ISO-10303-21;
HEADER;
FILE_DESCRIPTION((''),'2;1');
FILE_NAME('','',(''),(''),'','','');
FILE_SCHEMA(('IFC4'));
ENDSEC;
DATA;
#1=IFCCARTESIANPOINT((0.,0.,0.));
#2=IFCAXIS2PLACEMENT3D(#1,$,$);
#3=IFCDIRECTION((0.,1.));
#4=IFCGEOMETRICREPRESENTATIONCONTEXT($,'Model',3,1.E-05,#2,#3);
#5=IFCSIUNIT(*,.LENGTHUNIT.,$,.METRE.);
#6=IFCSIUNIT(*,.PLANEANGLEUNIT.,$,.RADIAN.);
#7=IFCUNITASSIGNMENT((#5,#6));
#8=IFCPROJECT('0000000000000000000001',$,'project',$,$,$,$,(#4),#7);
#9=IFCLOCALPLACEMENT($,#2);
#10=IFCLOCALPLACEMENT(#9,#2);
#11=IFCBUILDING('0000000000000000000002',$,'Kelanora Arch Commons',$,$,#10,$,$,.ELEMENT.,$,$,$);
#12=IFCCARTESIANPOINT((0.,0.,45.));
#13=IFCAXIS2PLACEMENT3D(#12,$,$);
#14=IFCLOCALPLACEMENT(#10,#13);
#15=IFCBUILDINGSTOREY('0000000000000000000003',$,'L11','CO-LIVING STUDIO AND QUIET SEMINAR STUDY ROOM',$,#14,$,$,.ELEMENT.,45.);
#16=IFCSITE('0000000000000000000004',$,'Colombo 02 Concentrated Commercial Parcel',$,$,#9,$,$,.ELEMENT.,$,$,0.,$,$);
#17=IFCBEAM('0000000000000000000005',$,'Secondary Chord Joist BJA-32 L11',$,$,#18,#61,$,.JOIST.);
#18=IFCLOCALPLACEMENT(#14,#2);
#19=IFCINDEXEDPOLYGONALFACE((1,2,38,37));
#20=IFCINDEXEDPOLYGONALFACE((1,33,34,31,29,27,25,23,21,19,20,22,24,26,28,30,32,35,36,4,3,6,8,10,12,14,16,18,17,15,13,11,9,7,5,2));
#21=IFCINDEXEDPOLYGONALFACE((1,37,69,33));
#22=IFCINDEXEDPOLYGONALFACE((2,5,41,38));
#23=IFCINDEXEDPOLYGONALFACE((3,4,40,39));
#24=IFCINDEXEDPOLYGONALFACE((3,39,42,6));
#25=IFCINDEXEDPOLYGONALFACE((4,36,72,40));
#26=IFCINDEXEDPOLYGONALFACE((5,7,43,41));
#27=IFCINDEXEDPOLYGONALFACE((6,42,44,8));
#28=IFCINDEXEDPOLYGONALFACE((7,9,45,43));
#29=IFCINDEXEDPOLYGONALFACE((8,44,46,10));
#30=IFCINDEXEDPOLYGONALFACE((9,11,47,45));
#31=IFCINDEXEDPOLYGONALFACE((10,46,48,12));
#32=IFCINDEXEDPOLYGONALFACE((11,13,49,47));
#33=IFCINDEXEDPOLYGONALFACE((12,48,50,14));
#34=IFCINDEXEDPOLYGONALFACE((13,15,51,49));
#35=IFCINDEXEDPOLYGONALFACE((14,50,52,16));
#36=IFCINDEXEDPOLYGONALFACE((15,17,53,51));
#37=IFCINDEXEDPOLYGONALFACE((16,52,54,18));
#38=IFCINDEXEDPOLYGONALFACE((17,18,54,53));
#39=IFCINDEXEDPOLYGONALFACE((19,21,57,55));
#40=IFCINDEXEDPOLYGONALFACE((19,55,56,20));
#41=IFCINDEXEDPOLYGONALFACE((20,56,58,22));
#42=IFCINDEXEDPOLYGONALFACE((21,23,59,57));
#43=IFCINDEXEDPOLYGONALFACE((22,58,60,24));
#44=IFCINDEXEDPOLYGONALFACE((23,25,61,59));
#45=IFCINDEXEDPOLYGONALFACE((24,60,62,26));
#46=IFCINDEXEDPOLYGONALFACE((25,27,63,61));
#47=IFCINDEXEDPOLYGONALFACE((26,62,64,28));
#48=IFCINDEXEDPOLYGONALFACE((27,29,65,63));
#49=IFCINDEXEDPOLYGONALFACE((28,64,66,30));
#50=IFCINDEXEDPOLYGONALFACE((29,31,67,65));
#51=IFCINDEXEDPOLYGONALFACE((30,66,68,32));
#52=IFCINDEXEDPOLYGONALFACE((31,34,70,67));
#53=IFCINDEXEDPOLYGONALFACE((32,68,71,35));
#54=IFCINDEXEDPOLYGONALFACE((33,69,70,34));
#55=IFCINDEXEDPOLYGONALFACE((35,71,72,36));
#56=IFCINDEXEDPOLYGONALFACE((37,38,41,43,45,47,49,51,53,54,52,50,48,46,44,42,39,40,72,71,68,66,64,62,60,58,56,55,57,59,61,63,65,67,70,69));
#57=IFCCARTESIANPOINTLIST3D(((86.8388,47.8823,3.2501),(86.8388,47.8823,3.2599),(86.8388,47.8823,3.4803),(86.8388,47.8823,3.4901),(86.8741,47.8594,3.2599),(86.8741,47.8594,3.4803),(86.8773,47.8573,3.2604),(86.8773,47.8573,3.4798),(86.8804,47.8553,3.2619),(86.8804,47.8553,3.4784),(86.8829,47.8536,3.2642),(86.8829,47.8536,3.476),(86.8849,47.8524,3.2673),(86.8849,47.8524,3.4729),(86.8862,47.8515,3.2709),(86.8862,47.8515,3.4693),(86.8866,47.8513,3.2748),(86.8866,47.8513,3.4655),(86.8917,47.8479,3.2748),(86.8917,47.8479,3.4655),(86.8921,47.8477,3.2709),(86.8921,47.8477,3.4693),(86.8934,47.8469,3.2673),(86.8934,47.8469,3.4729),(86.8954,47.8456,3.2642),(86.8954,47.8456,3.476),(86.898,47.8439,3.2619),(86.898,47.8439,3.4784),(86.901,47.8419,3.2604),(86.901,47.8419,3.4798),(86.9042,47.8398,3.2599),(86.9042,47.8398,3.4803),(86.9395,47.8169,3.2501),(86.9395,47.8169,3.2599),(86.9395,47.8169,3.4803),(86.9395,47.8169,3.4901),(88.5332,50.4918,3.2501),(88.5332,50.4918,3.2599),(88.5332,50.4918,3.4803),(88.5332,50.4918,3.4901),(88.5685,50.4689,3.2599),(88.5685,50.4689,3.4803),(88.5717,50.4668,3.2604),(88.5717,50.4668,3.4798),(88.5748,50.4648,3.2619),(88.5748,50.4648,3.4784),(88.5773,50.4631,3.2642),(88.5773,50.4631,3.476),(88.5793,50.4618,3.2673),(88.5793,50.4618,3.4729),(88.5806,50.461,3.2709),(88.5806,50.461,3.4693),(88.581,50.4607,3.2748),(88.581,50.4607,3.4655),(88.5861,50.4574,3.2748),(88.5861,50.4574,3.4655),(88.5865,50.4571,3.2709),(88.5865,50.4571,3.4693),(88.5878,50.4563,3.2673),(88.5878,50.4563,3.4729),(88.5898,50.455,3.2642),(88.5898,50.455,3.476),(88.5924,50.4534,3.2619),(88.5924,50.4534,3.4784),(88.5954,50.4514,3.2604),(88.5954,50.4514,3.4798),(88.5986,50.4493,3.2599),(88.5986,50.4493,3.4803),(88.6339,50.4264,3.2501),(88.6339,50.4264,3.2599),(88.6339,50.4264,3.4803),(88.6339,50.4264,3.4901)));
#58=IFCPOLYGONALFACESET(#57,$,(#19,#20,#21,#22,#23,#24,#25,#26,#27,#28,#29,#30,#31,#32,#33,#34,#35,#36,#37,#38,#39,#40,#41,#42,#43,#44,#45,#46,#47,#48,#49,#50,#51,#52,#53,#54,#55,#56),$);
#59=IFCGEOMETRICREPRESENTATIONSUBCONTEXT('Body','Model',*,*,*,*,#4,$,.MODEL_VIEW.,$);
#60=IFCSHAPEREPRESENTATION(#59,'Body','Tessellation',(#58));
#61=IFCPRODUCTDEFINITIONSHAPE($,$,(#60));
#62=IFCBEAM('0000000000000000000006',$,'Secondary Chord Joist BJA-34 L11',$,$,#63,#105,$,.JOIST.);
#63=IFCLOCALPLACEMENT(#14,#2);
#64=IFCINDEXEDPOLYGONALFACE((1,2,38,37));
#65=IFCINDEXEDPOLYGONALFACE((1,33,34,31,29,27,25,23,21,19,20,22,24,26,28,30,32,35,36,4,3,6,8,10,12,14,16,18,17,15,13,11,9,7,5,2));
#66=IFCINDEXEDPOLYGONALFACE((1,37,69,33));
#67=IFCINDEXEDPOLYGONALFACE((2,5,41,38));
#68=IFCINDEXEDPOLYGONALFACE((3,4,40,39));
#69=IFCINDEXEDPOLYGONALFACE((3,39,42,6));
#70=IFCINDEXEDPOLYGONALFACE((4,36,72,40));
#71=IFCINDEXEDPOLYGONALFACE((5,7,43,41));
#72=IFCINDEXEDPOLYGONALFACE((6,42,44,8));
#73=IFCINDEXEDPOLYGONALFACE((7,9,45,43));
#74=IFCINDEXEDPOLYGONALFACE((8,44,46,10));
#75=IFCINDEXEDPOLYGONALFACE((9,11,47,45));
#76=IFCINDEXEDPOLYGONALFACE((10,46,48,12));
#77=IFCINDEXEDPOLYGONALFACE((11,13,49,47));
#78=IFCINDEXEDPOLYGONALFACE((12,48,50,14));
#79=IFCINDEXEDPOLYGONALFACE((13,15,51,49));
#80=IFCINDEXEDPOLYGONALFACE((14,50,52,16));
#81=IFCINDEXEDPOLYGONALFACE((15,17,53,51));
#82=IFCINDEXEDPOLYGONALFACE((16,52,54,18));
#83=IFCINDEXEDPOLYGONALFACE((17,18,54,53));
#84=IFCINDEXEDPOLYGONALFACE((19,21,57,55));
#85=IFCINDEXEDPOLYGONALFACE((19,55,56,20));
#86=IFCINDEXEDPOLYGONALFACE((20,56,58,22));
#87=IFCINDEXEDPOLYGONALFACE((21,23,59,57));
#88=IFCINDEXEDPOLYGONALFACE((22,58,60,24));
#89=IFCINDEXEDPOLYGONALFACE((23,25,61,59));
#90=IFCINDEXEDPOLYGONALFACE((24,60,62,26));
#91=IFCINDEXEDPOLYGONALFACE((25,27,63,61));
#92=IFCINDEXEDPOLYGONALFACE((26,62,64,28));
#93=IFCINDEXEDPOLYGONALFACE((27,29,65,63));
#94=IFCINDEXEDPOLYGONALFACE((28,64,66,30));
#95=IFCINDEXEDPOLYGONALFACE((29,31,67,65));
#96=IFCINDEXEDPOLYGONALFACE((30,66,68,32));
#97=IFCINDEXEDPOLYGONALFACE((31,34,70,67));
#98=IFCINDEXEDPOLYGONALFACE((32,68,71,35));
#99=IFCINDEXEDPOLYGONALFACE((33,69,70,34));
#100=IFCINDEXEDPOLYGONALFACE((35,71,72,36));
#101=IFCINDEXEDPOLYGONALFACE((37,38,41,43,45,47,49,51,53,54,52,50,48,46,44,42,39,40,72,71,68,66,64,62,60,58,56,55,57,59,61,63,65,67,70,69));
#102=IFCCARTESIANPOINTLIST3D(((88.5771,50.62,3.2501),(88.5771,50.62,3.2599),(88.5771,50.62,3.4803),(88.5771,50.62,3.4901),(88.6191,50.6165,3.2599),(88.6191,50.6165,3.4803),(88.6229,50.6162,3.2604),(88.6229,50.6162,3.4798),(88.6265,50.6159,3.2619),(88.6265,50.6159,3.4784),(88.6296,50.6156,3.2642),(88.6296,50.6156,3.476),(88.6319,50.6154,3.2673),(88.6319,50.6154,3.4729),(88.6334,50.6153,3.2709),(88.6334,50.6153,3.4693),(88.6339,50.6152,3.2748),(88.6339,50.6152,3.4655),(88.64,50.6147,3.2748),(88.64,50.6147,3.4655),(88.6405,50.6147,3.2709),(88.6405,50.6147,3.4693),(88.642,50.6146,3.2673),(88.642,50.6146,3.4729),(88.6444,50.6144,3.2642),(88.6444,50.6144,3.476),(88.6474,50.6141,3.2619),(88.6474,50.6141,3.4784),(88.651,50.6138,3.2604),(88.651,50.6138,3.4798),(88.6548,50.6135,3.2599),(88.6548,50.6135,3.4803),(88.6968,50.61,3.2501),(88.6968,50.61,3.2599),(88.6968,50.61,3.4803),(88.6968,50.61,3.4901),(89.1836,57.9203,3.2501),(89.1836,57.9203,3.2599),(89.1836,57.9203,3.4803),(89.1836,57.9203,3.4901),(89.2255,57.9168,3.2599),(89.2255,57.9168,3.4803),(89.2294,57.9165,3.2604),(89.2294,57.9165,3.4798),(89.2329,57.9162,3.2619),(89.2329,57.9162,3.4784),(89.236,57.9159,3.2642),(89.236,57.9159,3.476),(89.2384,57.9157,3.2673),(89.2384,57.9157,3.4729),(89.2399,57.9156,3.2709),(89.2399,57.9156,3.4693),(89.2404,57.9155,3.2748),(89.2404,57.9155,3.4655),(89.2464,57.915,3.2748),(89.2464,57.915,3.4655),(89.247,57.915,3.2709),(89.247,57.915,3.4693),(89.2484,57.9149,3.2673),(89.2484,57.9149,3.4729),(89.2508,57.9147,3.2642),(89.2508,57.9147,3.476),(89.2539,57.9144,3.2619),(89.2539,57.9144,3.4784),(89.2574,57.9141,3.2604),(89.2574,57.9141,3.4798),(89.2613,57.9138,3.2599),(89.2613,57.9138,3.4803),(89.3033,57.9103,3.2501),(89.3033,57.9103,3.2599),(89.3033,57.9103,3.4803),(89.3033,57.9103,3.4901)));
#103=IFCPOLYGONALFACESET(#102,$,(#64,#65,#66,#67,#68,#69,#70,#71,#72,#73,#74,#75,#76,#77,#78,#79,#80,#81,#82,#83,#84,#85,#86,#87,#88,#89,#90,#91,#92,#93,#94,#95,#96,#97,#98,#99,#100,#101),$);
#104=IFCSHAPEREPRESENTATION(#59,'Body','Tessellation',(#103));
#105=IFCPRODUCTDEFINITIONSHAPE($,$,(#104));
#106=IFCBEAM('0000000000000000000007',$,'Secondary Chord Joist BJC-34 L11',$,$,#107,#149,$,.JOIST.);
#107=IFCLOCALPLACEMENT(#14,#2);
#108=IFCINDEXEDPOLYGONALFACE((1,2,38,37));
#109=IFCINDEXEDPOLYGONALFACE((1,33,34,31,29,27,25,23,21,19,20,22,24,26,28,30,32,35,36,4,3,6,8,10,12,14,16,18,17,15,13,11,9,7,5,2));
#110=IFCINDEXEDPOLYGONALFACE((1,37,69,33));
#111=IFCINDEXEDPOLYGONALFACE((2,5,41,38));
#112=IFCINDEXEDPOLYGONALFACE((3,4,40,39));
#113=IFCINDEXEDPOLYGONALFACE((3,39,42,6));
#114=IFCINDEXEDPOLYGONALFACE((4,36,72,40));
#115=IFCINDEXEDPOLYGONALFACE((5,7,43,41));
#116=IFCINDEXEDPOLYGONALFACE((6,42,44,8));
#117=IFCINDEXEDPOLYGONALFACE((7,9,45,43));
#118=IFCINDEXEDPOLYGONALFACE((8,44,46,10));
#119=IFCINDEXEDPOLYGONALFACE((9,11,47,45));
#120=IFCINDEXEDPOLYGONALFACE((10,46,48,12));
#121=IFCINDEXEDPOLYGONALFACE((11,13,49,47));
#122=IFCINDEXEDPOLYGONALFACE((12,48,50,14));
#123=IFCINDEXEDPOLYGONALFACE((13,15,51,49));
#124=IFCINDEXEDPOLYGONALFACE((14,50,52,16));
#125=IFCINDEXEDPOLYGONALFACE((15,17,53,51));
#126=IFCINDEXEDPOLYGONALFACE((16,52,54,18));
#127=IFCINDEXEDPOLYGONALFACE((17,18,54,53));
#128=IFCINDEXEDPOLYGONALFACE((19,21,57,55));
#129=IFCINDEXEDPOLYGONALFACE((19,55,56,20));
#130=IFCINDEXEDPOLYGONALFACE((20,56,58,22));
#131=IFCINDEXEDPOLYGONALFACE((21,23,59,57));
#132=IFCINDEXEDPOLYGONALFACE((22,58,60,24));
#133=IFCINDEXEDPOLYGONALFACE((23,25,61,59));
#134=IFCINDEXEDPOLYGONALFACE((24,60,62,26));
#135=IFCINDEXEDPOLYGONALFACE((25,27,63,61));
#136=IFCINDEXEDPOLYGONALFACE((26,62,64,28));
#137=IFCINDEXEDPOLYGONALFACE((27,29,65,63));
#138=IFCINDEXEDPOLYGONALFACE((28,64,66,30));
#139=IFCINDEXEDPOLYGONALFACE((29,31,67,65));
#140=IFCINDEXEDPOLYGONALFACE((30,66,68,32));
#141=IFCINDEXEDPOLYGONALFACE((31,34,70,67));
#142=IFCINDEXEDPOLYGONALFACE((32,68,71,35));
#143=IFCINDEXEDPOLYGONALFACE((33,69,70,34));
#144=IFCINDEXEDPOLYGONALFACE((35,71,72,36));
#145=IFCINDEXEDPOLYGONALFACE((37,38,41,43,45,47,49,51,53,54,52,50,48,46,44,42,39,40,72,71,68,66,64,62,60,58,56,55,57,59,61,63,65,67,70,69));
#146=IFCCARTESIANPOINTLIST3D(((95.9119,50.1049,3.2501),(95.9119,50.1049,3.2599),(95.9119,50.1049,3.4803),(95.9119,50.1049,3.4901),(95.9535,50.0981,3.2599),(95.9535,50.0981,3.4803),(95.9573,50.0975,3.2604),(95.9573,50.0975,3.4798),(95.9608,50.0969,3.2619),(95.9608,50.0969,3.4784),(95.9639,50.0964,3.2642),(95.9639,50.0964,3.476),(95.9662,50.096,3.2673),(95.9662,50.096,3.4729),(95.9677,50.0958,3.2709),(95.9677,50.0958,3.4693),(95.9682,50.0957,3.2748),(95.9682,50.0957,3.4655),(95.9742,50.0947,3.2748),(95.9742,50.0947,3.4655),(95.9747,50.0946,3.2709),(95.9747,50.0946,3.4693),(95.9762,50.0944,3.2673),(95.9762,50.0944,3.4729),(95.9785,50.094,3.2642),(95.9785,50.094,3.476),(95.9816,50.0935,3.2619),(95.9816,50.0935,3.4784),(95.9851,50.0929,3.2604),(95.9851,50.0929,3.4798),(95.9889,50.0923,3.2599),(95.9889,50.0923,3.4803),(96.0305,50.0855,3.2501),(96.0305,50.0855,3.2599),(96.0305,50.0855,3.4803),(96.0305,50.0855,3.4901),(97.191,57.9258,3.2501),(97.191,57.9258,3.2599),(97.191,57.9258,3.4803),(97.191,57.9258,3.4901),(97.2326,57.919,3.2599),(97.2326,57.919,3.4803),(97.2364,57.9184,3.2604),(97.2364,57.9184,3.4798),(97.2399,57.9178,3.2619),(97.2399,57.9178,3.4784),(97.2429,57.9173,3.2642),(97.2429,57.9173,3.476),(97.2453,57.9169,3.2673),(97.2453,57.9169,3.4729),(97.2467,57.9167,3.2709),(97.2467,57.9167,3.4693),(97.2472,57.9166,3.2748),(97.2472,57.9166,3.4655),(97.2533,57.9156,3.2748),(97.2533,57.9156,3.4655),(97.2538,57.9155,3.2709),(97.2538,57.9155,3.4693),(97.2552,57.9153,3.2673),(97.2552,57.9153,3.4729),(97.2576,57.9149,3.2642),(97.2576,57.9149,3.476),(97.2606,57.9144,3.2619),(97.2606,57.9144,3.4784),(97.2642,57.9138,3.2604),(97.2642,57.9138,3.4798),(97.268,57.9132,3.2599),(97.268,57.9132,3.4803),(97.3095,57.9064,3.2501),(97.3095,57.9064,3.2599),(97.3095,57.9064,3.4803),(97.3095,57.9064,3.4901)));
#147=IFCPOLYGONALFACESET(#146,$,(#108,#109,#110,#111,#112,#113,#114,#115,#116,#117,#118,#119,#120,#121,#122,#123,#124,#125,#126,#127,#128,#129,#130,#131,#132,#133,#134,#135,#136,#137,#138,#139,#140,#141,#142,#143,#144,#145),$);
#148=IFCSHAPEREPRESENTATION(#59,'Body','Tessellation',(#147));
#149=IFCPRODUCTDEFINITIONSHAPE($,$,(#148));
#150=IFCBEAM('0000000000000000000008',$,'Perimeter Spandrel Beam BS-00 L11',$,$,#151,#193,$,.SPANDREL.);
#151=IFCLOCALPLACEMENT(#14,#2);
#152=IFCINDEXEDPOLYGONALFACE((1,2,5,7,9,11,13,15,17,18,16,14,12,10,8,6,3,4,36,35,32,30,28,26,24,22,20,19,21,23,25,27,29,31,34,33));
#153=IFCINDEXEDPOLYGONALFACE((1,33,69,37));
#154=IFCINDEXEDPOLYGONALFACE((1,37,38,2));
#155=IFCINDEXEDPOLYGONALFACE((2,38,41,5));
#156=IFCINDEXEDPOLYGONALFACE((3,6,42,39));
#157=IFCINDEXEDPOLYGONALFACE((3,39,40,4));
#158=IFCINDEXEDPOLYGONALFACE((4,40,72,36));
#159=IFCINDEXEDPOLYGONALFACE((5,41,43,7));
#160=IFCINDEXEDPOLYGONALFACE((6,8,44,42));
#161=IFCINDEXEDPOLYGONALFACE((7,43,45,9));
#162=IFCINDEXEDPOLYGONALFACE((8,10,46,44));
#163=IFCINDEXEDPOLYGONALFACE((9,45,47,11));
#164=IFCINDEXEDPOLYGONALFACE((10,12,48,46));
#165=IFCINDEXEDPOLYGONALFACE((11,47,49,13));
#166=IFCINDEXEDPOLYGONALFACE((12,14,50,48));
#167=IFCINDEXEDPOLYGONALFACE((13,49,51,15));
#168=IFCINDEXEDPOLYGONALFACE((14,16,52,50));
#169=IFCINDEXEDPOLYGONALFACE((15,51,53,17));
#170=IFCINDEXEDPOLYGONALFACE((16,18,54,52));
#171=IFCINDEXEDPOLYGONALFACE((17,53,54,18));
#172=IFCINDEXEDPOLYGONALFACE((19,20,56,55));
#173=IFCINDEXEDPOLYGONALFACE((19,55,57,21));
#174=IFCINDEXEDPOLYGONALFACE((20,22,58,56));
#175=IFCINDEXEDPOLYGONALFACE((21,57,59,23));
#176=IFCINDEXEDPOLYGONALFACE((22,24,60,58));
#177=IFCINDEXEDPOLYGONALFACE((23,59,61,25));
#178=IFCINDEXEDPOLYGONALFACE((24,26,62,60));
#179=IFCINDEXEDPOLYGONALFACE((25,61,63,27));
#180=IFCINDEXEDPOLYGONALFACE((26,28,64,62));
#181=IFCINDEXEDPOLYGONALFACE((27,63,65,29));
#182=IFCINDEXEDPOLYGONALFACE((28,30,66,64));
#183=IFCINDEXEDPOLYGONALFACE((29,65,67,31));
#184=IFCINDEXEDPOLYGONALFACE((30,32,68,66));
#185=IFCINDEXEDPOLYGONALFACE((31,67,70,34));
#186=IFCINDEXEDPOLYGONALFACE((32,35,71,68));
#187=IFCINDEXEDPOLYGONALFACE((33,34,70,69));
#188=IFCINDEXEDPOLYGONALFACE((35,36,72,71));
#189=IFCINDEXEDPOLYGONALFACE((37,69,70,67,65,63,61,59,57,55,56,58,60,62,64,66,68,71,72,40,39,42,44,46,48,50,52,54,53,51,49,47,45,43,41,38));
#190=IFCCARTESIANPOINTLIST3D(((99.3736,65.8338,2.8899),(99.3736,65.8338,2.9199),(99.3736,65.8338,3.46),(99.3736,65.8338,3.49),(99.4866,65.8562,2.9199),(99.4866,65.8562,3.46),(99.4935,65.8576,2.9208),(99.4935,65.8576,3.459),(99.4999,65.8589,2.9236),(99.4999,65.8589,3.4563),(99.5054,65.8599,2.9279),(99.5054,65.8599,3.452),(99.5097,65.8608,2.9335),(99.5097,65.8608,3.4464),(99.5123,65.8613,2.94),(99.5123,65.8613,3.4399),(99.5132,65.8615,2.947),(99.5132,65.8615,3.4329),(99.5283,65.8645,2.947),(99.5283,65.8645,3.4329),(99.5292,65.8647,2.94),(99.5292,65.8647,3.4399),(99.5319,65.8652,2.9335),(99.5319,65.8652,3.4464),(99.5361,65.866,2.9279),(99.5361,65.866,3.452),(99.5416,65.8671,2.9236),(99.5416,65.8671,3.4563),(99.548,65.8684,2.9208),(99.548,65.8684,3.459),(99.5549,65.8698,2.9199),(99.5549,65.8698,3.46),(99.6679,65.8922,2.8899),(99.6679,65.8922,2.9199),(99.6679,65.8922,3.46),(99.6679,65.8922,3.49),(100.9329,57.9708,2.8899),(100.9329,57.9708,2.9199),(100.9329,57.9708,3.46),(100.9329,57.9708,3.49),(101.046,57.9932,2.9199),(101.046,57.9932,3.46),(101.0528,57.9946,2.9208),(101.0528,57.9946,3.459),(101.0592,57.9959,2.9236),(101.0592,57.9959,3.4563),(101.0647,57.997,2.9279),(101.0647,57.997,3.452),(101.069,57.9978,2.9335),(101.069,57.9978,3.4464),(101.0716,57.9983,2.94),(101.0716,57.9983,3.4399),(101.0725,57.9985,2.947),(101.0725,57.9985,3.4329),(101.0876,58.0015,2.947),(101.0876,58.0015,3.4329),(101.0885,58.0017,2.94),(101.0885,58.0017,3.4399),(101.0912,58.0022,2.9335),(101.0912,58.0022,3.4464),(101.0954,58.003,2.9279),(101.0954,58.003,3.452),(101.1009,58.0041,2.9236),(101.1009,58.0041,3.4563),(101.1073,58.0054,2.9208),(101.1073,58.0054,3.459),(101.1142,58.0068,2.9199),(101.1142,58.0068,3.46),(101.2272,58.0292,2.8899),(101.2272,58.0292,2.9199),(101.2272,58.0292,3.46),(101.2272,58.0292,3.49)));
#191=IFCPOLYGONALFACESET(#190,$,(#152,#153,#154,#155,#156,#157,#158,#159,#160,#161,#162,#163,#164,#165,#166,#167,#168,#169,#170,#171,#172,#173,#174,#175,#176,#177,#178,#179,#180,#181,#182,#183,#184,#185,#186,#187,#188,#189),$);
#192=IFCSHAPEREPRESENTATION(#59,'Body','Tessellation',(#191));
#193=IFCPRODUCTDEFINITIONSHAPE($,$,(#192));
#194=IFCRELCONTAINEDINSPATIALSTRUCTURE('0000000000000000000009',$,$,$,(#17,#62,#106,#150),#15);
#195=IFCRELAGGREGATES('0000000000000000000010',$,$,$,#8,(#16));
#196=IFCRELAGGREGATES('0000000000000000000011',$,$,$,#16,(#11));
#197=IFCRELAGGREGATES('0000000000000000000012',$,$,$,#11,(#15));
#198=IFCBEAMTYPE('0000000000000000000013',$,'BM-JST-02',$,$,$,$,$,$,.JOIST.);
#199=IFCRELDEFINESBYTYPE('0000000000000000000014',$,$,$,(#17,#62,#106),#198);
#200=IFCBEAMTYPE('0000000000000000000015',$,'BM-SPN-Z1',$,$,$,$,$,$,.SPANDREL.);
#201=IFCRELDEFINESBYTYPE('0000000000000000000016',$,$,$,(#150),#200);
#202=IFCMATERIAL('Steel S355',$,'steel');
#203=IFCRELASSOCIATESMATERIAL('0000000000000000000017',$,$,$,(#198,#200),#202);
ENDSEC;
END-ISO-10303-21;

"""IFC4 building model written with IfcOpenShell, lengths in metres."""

from ifc_helpers import new_model, si_unit, direction, frame, origin, origin_2d, place, context, subcontext, project, spatial, i_section, extrude, material, material_profile, profile_set, type_object, element, save


model = new_model("IFC4")

# Units and contexts
model_context = context("Model", 3, precision=1e-05, world=origin(), true_north=direction((0.0, 1.0)))
body_context = subcontext(model_context, "Body", "Model", "MODEL_VIEW")
ifc_project = project(units=[si_unit("LENGTHUNIT", "METRE"), si_unit("PLANEANGLEUNIT", "RADIAN")], contexts=[model_context])

# Site, building, storey
site_placement = place(None, origin())
site = spatial("IfcSite", under=ifc_project, at=site_placement, Name="Colombo 02 Concentrated Commercial Parcel", CompositionType="ELEMENT", RefElevation=0.0)
building_placement = place(site_placement, origin())
building = spatial("IfcBuilding", under=site, at=building_placement, Name="Kelanora Arch Commons", CompositionType="ELEMENT")
storey_placement = place(building_placement, frame((0.0, 0.0, 45.0)))
storey = spatial("IfcBuildingStorey", under=building, at=storey_placement, Name="L11", Description="CO-LIVING STUDIO AND QUIET SEMINAR STUDY ROOM", CompositionType="ELEMENT", Elevation=45.0)

# Beams
ifc_material_1 = material(Name="Steel S355", Category="steel")
ifc_material_profile_1 = material_profile(ifc_material_1, i_section(OverallWidth=0.1201, OverallDepth=0.24, WebThickness=0.0061, FlangeThickness=0.0098, FilletRadius=0.0149, at=origin_2d()), Name="IPE240")
ifc_profile_set_1 = profile_set([ifc_material_profile_1], Name="Steel S355")
beam_type_1 = type_object("IfcBeamType", Name="BM-JST-02", PredefinedType="JOIST", material=ifc_profile_set_1)
beam_1_placement = place(storey_placement, frame((86.8892, 47.8496, 3.3701), z_axis=(0.544591, 0.838702, 0.0), x_axis=(-0.838702, 0.544591, 0.0)))
element("IfcBeam", 1, at=beam_1_placement, inside=storey, type_object=beam_type_1, Name="Secondary Chord Joist BJA-32 L11", PredefinedType="JOIST", context=body_context, shape_type="SweptSolid", body=[
    extrude(i_section(OverallWidth=0.1201, OverallDepth=0.24, WebThickness=0.0061, FlangeThickness=0.0098, FilletRadius=0.0149, at=origin_2d()), origin(), (0.0, 0.0, 1.0), 3.1113),
])
beam_2_placement = place(storey_placement, frame((88.637, 50.615, 3.3701), z_axis=(0.082786, 0.996567, 0.0), x_axis=(-0.996567, 0.082786, 0.0)))
element("IfcBeam", 2, at=beam_2_placement, inside=storey, type_object=beam_type_1, Name="Secondary Chord Joist BJA-34 L11", PredefinedType="JOIST", context=body_context, shape_type="SweptSolid", body=[
    extrude(i_section(OverallWidth=0.1201, OverallDepth=0.24, WebThickness=0.0061, FlangeThickness=0.0098, FilletRadius=0.0149, at=origin_2d()), origin(), (0.0, 0.0, 1.0), 7.3254),
])
beam_3_placement = place(storey_placement, frame((95.9712, 50.0952, 3.3701), z_axis=(0.161401, 0.986889, 0.0), x_axis=(-0.986889, 0.161401, 0.0)))
element("IfcBeam", 3, at=beam_3_placement, inside=storey, type_object=beam_type_1, Name="Secondary Chord Joist BJC-34 L11", PredefinedType="JOIST", context=body_context, shape_type="SweptSolid", body=[
    extrude(i_section(OverallWidth=0.1201, OverallDepth=0.24, WebThickness=0.0061, FlangeThickness=0.0098, FilletRadius=0.0149, at=origin_2d()), origin(), (0.0, 0.0, 1.0), 7.9248),
])
ifc_material_profile_2 = material_profile(ifc_material_1, i_section(OverallWidth=0.3, OverallDepth=0.6001, WebThickness=0.0154, FlangeThickness=0.03, FilletRadius=0.0271, at=origin_2d()), Name="HEB600")
ifc_profile_set_2 = profile_set([ifc_material_profile_2], Name="Steel S355")
beam_type_2 = type_object("IfcBeamType", Name="BM-SPN-Z1", PredefinedType="SPANDREL", material=ifc_profile_set_2)
beam_4_placement = place(storey_placement, frame((101.0801, 58.0, 3.1899), z_axis=(-0.194523, 0.980898, 0.0), x_axis=(-0.980898, -0.194523, 0.0)))
element("IfcBeam", 4, at=beam_4_placement, inside=storey, type_object=beam_type_2, Name="Perimeter Spandrel Beam BS-00 L11", PredefinedType="SPANDREL", context=body_context, shape_type="SweptSolid", body=[
    extrude(i_section(OverallWidth=0.3, OverallDepth=0.6001, WebThickness=0.0154, FlangeThickness=0.03, FilletRadius=0.0271, at=origin_2d()), origin(), (0.0, 0.0, 1.0), 8.0161),
])

save(model, "model.ifc")
